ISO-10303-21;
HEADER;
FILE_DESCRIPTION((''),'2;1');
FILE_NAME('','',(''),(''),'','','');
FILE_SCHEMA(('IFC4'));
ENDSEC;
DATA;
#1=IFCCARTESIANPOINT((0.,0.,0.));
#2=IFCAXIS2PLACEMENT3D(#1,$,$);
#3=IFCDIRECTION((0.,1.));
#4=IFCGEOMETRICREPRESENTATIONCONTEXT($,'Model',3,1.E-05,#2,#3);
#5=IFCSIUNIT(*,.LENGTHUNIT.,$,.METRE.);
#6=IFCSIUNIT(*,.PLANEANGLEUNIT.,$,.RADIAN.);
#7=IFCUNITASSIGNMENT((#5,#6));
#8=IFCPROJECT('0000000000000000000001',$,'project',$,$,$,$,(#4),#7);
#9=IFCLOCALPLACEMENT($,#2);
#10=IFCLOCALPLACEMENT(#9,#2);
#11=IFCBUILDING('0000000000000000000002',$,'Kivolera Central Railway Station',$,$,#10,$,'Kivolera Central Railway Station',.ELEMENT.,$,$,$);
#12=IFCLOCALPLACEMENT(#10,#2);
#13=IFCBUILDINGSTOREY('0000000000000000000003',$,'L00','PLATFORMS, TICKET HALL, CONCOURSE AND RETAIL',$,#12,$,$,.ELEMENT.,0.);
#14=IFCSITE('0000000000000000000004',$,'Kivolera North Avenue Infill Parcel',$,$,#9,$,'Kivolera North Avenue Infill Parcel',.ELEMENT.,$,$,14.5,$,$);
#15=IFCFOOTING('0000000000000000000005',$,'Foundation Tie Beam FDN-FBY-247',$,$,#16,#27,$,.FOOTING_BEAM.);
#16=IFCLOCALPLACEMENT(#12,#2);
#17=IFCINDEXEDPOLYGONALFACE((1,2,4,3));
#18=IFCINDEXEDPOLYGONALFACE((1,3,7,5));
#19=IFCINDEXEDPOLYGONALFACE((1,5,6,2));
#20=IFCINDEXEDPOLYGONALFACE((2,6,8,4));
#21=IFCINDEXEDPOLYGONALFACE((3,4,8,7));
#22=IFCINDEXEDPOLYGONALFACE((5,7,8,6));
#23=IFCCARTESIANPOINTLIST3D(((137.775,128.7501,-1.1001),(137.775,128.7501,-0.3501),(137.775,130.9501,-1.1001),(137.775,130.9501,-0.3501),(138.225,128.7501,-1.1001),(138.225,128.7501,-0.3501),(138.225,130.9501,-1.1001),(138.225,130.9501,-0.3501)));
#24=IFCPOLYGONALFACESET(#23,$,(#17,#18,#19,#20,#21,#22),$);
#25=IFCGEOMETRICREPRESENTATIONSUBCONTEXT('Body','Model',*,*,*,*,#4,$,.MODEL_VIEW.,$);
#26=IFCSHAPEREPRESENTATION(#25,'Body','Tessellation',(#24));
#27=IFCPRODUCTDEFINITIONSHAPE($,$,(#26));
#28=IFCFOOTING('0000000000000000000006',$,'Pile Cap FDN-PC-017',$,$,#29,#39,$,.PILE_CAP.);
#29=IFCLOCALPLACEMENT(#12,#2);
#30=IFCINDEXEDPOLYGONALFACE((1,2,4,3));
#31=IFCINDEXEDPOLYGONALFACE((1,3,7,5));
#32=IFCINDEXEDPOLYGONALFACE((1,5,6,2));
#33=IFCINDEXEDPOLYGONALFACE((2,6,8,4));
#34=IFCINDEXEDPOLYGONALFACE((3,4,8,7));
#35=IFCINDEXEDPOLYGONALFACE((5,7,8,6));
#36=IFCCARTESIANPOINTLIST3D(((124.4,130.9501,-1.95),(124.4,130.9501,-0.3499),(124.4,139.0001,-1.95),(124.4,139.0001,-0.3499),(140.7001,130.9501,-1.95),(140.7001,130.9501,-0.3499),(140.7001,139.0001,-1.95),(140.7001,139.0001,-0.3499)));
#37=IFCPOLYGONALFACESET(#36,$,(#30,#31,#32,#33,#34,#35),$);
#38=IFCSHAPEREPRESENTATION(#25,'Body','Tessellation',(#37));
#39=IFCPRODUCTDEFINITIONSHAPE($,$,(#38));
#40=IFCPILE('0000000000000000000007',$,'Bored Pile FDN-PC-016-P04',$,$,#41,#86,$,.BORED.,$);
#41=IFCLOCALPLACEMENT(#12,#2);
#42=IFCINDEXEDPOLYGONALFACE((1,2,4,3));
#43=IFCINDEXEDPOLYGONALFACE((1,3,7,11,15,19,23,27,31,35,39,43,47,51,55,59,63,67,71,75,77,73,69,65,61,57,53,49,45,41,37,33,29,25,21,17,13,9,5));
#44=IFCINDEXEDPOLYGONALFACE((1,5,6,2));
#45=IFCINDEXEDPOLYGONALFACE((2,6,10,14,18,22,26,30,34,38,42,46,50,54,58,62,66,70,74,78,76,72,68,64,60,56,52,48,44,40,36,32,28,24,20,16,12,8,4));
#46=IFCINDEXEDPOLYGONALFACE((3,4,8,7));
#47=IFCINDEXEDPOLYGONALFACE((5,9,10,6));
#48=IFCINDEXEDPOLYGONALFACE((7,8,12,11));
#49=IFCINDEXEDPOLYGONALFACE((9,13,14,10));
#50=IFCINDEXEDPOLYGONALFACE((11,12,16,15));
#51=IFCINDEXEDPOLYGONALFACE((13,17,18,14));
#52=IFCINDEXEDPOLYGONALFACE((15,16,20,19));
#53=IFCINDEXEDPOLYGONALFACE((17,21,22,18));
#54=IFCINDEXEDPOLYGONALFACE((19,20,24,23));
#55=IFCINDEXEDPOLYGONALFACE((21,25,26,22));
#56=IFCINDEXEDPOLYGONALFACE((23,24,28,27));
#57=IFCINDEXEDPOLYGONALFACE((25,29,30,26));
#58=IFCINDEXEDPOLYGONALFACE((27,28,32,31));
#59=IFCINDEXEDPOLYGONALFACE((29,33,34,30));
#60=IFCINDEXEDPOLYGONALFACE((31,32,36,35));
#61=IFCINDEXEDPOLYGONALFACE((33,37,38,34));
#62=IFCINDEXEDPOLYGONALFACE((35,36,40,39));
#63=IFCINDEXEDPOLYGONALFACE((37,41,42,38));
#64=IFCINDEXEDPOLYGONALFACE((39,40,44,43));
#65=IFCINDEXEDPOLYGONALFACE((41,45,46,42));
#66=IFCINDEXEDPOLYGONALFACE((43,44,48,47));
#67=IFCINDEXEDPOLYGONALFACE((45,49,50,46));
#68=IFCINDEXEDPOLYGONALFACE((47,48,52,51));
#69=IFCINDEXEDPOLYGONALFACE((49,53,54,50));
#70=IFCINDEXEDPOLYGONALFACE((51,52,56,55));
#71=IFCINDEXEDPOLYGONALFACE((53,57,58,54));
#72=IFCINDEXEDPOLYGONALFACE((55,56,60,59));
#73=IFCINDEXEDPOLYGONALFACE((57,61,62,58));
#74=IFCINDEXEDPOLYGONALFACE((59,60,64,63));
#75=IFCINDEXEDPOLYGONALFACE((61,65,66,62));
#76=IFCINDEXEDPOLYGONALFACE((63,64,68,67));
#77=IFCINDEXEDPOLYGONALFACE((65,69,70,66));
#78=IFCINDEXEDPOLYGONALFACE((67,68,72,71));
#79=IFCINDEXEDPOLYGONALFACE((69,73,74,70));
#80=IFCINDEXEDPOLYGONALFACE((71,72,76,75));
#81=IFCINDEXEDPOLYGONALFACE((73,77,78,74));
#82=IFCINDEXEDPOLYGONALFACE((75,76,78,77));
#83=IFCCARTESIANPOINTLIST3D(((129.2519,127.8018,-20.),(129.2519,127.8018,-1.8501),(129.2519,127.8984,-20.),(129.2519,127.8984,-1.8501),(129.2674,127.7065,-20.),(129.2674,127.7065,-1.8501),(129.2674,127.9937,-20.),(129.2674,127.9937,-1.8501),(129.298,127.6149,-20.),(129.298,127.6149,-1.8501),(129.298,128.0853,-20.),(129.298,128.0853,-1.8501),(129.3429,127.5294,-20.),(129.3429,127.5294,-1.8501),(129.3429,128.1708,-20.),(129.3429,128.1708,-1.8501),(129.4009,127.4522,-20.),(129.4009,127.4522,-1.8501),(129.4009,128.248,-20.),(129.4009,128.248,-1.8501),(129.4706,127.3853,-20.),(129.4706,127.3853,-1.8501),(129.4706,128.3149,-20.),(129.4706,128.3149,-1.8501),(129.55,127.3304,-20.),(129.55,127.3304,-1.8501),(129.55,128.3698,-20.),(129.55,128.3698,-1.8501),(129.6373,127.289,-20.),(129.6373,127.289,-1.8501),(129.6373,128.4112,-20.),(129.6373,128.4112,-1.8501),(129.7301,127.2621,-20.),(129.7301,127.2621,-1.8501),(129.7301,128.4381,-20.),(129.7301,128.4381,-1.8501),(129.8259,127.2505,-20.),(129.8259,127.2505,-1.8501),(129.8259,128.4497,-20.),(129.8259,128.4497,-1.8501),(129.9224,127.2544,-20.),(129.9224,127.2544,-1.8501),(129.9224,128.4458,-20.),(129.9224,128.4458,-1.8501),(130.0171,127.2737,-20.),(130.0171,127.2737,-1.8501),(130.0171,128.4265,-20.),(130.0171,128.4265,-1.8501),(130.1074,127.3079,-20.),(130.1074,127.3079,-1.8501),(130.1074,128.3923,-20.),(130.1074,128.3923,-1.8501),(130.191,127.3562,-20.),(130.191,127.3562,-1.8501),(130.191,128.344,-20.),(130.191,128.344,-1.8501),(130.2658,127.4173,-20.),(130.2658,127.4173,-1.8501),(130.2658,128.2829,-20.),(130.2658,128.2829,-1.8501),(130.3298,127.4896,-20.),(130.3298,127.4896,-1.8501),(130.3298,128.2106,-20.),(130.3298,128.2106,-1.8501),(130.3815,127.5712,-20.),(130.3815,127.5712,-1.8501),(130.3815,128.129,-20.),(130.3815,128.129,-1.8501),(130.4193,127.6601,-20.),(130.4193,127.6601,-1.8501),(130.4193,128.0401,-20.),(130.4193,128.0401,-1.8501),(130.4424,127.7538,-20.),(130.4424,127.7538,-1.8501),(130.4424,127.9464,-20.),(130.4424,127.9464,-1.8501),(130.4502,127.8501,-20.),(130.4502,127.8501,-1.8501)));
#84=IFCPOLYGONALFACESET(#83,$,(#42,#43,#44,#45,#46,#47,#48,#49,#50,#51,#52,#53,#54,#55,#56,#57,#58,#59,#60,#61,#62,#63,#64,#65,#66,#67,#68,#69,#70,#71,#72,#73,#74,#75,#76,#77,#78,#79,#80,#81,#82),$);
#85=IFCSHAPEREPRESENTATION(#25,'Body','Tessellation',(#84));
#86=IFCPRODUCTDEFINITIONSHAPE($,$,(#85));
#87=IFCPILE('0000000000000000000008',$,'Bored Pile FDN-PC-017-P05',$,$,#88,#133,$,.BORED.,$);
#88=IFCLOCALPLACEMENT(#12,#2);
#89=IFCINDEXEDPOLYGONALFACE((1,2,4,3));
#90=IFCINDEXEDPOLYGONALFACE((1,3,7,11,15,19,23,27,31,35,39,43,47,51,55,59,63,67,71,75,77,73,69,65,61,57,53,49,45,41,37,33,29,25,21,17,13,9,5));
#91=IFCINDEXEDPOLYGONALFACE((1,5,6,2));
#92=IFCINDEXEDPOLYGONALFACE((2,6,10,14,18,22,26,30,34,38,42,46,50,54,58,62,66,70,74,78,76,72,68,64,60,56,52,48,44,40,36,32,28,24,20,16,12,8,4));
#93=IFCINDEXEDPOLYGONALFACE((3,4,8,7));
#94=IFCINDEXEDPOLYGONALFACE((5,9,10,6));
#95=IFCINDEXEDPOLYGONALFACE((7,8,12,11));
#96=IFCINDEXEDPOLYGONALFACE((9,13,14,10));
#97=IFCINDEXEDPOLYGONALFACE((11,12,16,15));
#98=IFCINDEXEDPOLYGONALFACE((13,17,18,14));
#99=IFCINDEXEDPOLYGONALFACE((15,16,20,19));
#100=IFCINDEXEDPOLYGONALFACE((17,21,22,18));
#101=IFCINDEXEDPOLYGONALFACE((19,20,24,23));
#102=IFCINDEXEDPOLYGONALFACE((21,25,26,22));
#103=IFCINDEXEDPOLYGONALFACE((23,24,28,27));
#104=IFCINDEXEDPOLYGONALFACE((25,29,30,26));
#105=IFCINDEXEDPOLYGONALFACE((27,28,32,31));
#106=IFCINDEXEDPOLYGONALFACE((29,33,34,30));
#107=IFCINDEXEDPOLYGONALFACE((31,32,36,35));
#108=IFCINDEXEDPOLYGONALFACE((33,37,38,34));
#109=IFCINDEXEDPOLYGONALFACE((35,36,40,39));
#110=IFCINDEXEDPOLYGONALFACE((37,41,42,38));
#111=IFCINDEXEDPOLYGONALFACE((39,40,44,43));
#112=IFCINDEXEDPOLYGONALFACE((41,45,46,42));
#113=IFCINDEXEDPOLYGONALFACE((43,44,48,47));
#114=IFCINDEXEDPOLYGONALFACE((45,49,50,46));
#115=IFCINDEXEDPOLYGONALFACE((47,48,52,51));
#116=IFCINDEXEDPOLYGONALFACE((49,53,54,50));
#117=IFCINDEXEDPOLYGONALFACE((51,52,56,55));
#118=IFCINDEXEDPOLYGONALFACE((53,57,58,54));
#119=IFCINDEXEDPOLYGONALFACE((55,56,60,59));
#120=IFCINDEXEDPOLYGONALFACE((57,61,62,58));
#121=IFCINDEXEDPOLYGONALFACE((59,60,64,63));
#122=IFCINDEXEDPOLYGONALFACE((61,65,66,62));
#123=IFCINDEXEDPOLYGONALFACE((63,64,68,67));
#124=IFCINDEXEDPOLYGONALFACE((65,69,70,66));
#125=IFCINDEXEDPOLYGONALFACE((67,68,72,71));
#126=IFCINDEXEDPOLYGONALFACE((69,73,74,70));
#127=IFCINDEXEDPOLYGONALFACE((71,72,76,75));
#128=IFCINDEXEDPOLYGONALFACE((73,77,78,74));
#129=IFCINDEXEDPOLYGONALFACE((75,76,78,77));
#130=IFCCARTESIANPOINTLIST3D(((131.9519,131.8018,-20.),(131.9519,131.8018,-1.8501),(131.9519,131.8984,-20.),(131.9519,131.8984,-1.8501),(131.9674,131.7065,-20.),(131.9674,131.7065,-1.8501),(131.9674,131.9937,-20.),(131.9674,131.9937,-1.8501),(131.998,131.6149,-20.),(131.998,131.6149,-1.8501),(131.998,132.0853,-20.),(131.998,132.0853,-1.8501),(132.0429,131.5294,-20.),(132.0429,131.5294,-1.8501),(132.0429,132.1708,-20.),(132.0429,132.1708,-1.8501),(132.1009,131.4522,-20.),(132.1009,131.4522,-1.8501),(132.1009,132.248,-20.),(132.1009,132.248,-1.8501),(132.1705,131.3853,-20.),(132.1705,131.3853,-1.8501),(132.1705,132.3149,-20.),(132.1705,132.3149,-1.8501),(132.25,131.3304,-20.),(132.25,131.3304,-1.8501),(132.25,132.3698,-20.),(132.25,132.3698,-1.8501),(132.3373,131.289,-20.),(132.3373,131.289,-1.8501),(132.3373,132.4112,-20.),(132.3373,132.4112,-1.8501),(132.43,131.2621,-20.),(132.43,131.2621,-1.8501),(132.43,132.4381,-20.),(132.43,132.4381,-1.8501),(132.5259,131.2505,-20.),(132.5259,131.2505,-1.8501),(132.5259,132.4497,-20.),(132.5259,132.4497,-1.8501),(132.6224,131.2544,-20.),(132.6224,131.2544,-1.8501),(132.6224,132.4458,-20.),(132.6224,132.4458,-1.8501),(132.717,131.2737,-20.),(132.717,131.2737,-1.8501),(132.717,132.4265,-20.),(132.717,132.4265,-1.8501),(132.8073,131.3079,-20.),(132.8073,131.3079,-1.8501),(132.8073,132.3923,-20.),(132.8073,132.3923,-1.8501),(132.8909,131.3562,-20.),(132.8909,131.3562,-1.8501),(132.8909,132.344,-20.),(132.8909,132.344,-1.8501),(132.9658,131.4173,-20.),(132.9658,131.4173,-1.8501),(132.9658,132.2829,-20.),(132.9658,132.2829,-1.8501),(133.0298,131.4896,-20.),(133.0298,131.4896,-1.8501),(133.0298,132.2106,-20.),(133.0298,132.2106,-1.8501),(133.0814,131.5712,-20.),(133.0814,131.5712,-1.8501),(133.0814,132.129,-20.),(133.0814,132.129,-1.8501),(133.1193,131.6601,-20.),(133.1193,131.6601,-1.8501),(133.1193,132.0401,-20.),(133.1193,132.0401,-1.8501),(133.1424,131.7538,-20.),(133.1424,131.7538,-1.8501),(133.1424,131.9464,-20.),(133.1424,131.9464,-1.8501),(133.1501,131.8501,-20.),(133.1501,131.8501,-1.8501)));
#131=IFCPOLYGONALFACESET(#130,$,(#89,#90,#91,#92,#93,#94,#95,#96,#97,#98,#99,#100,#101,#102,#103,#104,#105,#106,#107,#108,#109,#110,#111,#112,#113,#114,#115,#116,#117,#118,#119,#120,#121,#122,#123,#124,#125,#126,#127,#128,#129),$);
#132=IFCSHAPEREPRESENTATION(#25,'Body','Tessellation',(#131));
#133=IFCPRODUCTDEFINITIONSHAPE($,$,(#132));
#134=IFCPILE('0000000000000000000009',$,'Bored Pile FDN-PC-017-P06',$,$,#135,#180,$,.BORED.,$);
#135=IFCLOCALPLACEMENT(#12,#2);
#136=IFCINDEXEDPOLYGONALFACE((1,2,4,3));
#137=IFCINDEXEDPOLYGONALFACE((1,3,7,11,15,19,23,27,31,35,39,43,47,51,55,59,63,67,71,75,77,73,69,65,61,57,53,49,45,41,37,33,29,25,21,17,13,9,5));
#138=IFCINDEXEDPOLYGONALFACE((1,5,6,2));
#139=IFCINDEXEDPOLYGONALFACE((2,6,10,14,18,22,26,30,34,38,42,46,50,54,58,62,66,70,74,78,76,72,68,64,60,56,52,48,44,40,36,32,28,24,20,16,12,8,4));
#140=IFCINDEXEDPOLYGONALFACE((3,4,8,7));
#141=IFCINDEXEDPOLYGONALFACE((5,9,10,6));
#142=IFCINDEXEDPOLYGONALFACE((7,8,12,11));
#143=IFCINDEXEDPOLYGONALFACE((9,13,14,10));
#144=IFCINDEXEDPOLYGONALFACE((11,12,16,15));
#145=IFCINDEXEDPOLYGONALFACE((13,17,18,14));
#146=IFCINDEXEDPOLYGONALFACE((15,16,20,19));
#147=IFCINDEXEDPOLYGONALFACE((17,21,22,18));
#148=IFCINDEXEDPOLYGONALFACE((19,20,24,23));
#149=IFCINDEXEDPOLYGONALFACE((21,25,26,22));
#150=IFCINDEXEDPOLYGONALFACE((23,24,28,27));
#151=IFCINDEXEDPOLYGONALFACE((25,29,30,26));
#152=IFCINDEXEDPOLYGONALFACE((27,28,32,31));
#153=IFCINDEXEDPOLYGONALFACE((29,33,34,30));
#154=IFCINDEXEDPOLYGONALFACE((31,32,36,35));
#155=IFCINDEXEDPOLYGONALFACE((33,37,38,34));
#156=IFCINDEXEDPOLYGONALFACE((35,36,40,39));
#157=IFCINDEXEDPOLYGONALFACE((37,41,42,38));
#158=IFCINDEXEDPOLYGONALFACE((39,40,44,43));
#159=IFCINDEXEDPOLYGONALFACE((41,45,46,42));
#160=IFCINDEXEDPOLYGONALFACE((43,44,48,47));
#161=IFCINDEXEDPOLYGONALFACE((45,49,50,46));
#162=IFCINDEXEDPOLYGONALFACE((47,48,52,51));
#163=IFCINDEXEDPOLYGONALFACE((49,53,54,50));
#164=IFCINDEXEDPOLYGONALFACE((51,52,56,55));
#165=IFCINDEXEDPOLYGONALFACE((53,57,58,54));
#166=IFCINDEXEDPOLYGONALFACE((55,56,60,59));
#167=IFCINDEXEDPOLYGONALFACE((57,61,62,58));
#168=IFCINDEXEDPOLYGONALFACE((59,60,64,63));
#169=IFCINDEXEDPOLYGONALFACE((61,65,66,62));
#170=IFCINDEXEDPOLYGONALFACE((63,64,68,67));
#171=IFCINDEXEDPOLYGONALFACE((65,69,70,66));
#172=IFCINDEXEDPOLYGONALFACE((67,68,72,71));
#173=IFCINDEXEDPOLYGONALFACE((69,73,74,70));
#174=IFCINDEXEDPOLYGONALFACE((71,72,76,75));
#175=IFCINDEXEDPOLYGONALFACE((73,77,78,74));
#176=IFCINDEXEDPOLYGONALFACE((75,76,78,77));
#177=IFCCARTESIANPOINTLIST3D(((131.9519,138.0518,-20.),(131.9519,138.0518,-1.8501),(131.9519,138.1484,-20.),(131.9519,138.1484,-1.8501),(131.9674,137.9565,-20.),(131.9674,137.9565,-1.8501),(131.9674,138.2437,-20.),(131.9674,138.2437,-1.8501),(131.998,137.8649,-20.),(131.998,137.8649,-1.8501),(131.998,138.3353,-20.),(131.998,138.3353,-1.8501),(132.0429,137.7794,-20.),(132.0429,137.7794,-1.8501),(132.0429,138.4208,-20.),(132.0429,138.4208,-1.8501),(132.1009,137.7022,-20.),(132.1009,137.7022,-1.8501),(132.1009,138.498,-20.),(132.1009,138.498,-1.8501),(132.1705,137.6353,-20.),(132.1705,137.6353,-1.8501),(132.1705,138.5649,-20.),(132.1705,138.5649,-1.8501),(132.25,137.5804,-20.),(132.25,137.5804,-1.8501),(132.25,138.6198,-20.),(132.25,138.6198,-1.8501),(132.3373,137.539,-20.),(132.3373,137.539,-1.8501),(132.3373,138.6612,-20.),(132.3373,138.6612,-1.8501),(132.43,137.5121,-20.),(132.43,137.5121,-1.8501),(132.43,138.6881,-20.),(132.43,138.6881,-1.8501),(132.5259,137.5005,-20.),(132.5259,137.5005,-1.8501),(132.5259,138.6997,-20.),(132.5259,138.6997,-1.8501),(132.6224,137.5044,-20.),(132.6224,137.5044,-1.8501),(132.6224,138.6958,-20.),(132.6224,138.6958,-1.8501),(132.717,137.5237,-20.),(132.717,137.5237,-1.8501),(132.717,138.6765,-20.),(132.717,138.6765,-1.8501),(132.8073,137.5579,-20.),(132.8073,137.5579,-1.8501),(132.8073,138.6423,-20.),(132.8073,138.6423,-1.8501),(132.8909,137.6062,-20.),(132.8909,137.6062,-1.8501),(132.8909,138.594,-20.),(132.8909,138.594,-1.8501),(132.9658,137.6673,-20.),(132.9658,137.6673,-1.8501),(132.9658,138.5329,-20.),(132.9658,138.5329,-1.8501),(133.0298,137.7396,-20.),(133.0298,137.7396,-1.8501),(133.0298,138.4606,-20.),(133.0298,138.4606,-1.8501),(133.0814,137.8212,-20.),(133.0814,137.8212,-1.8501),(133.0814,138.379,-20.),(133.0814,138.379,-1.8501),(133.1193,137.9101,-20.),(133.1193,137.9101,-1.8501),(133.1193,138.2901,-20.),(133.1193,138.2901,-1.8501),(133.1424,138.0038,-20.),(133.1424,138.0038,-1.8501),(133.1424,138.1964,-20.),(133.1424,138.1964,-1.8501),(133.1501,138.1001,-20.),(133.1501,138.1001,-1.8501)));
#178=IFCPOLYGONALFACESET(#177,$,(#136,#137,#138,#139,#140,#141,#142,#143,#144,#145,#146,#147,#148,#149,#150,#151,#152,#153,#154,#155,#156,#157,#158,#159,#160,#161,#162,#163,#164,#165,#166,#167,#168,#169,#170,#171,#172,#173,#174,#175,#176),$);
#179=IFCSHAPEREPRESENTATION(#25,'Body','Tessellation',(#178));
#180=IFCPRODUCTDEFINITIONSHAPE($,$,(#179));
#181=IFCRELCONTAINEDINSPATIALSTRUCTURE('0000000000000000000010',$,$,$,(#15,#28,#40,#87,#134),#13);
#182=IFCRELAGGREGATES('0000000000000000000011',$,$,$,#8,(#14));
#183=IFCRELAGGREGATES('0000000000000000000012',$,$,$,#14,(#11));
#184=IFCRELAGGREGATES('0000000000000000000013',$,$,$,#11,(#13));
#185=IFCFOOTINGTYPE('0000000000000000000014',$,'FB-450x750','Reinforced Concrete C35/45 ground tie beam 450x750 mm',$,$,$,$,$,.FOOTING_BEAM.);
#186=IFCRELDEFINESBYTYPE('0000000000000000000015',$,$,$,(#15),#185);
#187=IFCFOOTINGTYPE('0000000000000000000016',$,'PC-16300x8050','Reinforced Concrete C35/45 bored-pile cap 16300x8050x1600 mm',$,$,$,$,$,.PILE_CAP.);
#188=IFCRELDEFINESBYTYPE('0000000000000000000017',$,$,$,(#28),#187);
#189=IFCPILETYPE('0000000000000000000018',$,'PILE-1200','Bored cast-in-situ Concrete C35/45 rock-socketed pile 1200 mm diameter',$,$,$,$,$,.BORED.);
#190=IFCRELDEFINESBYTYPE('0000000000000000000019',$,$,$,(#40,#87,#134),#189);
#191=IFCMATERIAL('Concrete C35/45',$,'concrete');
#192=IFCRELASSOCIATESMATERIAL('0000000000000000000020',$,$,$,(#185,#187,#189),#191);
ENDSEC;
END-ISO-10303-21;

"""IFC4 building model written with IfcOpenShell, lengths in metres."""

from ifc_helpers import new_model, si_unit, direction, frame, origin, origin_2d, place, context, subcontext, project, spatial, rectangle, circle, extrude, material, material_profile, profile_set, type_object, element, save


model = new_model("IFC4")

# Units and contexts
model_context = context("Model", 3, precision=1e-05, world=origin(), true_north=direction((0.0, 1.0)))
body_context = subcontext(model_context, "Body", "Model", "MODEL_VIEW")
ifc_project = project(units=[si_unit("LENGTHUNIT", "METRE"), si_unit("PLANEANGLEUNIT", "RADIAN")], contexts=[model_context])

# Site, building, storey
site_placement = place(None, origin())
site = spatial("IfcSite", under=ifc_project, at=site_placement, Name="Kivolera North Avenue Infill Parcel", LongName="Kivolera North Avenue Infill Parcel", CompositionType="ELEMENT", RefElevation=14.5)
building_placement = place(site_placement, origin())
building = spatial("IfcBuilding", under=site, at=building_placement, Name="Kivolera Central Railway Station", LongName="Kivolera Central Railway Station", CompositionType="ELEMENT")
storey_placement = place(building_placement, origin())
storey = spatial("IfcBuildingStorey", under=building, at=storey_placement, Name="L00", Description="PLATFORMS, TICKET HALL, CONCOURSE AND RETAIL", CompositionType="ELEMENT", Elevation=0.0)

# Footings
ifc_material_1 = material(Name="Concrete C35/45", Category="concrete")
footing_type_1 = type_object("IfcFootingType", Name="FB-450x750", Description="Reinforced Concrete C35/45 ground tie beam 450x750 mm", PredefinedType="FOOTING_BEAM", material=ifc_material_1)
footing_1_placement = place(storey_placement, frame((138.0, 129.8501, -1.1001), z_axis=(0.0, 0.0, 1.0), x_axis=(1.0, 0.0, 0.0)))
element("IfcFooting", 1, at=footing_1_placement, inside=storey, type_object=footing_type_1, Name="Foundation Tie Beam FDN-FBY-247", PredefinedType="FOOTING_BEAM", context=body_context, shape_type="SweptSolid", body=[
    extrude(rectangle(XDim=0.45, YDim=2.2, at=origin_2d()), origin(), (0.0, 0.0, 1.0), 0.75),
])
footing_type_2 = type_object("IfcFootingType", Name="PC-16300x8050", Description="Reinforced Concrete C35/45 bored-pile cap 16300x8050x1600 mm", PredefinedType="PILE_CAP", material=ifc_material_1)
footing_2_placement = place(storey_placement, frame((132.55, 134.9751, -1.95), z_axis=(0.0, 0.0, 1.0), x_axis=(1.0, 0.0, 0.0)))
element("IfcFooting", 2, at=footing_2_placement, inside=storey, type_object=footing_type_2, Name="Pile Cap FDN-PC-017", PredefinedType="PILE_CAP", context=body_context, shape_type="SweptSolid", body=[
    extrude(rectangle(XDim=16.3, YDim=8.05, at=origin_2d()), origin(), (0.0, 0.0, 1.0), 1.6001),
])

# Piles
ifc_material_profile_1 = material_profile(ifc_material_1, circle(Radius=0.6001, at=origin_2d()), Name="PILE D1200")
ifc_profile_set_1 = profile_set([ifc_material_profile_1], Name="Concrete C35/45")
pile_type = type_object("IfcPileType", Name="PILE-1200", Description="Bored cast-in-situ Concrete C35/45 rock-socketed pile 1200 mm diameter", PredefinedType="BORED", material=ifc_profile_set_1)
for number, where, z_axis, x_axis, name in (
    (3, (129.8501, 127.8501, -1.8501), (0.0, 0.0, -1.0), (1.0, 0.0, 0.0), "Bored Pile FDN-PC-016-P04"),
    (4, (132.55, 131.8501, -1.8501), (0.0, 0.0, -1.0), (1.0, 0.0, 0.0), "Bored Pile FDN-PC-017-P05"),
    (5, (132.55, 138.1001, -1.8501), (0.0, 0.0, -1.0), (1.0, 0.0, 0.0), "Bored Pile FDN-PC-017-P06"),
):
    element("IfcPile", number, at=place(storey_placement, frame(where, z_axis=z_axis, x_axis=x_axis)), inside=storey, type_object=pile_type, Name=name, PredefinedType="BORED", context=body_context, shape_type="SweptSolid", body=[
        extrude(circle(Radius=0.6001, at=origin_2d()), origin(), (0.0, 0.0, 1.0), 18.1499),
    ])

save(model, "model.ifc")
